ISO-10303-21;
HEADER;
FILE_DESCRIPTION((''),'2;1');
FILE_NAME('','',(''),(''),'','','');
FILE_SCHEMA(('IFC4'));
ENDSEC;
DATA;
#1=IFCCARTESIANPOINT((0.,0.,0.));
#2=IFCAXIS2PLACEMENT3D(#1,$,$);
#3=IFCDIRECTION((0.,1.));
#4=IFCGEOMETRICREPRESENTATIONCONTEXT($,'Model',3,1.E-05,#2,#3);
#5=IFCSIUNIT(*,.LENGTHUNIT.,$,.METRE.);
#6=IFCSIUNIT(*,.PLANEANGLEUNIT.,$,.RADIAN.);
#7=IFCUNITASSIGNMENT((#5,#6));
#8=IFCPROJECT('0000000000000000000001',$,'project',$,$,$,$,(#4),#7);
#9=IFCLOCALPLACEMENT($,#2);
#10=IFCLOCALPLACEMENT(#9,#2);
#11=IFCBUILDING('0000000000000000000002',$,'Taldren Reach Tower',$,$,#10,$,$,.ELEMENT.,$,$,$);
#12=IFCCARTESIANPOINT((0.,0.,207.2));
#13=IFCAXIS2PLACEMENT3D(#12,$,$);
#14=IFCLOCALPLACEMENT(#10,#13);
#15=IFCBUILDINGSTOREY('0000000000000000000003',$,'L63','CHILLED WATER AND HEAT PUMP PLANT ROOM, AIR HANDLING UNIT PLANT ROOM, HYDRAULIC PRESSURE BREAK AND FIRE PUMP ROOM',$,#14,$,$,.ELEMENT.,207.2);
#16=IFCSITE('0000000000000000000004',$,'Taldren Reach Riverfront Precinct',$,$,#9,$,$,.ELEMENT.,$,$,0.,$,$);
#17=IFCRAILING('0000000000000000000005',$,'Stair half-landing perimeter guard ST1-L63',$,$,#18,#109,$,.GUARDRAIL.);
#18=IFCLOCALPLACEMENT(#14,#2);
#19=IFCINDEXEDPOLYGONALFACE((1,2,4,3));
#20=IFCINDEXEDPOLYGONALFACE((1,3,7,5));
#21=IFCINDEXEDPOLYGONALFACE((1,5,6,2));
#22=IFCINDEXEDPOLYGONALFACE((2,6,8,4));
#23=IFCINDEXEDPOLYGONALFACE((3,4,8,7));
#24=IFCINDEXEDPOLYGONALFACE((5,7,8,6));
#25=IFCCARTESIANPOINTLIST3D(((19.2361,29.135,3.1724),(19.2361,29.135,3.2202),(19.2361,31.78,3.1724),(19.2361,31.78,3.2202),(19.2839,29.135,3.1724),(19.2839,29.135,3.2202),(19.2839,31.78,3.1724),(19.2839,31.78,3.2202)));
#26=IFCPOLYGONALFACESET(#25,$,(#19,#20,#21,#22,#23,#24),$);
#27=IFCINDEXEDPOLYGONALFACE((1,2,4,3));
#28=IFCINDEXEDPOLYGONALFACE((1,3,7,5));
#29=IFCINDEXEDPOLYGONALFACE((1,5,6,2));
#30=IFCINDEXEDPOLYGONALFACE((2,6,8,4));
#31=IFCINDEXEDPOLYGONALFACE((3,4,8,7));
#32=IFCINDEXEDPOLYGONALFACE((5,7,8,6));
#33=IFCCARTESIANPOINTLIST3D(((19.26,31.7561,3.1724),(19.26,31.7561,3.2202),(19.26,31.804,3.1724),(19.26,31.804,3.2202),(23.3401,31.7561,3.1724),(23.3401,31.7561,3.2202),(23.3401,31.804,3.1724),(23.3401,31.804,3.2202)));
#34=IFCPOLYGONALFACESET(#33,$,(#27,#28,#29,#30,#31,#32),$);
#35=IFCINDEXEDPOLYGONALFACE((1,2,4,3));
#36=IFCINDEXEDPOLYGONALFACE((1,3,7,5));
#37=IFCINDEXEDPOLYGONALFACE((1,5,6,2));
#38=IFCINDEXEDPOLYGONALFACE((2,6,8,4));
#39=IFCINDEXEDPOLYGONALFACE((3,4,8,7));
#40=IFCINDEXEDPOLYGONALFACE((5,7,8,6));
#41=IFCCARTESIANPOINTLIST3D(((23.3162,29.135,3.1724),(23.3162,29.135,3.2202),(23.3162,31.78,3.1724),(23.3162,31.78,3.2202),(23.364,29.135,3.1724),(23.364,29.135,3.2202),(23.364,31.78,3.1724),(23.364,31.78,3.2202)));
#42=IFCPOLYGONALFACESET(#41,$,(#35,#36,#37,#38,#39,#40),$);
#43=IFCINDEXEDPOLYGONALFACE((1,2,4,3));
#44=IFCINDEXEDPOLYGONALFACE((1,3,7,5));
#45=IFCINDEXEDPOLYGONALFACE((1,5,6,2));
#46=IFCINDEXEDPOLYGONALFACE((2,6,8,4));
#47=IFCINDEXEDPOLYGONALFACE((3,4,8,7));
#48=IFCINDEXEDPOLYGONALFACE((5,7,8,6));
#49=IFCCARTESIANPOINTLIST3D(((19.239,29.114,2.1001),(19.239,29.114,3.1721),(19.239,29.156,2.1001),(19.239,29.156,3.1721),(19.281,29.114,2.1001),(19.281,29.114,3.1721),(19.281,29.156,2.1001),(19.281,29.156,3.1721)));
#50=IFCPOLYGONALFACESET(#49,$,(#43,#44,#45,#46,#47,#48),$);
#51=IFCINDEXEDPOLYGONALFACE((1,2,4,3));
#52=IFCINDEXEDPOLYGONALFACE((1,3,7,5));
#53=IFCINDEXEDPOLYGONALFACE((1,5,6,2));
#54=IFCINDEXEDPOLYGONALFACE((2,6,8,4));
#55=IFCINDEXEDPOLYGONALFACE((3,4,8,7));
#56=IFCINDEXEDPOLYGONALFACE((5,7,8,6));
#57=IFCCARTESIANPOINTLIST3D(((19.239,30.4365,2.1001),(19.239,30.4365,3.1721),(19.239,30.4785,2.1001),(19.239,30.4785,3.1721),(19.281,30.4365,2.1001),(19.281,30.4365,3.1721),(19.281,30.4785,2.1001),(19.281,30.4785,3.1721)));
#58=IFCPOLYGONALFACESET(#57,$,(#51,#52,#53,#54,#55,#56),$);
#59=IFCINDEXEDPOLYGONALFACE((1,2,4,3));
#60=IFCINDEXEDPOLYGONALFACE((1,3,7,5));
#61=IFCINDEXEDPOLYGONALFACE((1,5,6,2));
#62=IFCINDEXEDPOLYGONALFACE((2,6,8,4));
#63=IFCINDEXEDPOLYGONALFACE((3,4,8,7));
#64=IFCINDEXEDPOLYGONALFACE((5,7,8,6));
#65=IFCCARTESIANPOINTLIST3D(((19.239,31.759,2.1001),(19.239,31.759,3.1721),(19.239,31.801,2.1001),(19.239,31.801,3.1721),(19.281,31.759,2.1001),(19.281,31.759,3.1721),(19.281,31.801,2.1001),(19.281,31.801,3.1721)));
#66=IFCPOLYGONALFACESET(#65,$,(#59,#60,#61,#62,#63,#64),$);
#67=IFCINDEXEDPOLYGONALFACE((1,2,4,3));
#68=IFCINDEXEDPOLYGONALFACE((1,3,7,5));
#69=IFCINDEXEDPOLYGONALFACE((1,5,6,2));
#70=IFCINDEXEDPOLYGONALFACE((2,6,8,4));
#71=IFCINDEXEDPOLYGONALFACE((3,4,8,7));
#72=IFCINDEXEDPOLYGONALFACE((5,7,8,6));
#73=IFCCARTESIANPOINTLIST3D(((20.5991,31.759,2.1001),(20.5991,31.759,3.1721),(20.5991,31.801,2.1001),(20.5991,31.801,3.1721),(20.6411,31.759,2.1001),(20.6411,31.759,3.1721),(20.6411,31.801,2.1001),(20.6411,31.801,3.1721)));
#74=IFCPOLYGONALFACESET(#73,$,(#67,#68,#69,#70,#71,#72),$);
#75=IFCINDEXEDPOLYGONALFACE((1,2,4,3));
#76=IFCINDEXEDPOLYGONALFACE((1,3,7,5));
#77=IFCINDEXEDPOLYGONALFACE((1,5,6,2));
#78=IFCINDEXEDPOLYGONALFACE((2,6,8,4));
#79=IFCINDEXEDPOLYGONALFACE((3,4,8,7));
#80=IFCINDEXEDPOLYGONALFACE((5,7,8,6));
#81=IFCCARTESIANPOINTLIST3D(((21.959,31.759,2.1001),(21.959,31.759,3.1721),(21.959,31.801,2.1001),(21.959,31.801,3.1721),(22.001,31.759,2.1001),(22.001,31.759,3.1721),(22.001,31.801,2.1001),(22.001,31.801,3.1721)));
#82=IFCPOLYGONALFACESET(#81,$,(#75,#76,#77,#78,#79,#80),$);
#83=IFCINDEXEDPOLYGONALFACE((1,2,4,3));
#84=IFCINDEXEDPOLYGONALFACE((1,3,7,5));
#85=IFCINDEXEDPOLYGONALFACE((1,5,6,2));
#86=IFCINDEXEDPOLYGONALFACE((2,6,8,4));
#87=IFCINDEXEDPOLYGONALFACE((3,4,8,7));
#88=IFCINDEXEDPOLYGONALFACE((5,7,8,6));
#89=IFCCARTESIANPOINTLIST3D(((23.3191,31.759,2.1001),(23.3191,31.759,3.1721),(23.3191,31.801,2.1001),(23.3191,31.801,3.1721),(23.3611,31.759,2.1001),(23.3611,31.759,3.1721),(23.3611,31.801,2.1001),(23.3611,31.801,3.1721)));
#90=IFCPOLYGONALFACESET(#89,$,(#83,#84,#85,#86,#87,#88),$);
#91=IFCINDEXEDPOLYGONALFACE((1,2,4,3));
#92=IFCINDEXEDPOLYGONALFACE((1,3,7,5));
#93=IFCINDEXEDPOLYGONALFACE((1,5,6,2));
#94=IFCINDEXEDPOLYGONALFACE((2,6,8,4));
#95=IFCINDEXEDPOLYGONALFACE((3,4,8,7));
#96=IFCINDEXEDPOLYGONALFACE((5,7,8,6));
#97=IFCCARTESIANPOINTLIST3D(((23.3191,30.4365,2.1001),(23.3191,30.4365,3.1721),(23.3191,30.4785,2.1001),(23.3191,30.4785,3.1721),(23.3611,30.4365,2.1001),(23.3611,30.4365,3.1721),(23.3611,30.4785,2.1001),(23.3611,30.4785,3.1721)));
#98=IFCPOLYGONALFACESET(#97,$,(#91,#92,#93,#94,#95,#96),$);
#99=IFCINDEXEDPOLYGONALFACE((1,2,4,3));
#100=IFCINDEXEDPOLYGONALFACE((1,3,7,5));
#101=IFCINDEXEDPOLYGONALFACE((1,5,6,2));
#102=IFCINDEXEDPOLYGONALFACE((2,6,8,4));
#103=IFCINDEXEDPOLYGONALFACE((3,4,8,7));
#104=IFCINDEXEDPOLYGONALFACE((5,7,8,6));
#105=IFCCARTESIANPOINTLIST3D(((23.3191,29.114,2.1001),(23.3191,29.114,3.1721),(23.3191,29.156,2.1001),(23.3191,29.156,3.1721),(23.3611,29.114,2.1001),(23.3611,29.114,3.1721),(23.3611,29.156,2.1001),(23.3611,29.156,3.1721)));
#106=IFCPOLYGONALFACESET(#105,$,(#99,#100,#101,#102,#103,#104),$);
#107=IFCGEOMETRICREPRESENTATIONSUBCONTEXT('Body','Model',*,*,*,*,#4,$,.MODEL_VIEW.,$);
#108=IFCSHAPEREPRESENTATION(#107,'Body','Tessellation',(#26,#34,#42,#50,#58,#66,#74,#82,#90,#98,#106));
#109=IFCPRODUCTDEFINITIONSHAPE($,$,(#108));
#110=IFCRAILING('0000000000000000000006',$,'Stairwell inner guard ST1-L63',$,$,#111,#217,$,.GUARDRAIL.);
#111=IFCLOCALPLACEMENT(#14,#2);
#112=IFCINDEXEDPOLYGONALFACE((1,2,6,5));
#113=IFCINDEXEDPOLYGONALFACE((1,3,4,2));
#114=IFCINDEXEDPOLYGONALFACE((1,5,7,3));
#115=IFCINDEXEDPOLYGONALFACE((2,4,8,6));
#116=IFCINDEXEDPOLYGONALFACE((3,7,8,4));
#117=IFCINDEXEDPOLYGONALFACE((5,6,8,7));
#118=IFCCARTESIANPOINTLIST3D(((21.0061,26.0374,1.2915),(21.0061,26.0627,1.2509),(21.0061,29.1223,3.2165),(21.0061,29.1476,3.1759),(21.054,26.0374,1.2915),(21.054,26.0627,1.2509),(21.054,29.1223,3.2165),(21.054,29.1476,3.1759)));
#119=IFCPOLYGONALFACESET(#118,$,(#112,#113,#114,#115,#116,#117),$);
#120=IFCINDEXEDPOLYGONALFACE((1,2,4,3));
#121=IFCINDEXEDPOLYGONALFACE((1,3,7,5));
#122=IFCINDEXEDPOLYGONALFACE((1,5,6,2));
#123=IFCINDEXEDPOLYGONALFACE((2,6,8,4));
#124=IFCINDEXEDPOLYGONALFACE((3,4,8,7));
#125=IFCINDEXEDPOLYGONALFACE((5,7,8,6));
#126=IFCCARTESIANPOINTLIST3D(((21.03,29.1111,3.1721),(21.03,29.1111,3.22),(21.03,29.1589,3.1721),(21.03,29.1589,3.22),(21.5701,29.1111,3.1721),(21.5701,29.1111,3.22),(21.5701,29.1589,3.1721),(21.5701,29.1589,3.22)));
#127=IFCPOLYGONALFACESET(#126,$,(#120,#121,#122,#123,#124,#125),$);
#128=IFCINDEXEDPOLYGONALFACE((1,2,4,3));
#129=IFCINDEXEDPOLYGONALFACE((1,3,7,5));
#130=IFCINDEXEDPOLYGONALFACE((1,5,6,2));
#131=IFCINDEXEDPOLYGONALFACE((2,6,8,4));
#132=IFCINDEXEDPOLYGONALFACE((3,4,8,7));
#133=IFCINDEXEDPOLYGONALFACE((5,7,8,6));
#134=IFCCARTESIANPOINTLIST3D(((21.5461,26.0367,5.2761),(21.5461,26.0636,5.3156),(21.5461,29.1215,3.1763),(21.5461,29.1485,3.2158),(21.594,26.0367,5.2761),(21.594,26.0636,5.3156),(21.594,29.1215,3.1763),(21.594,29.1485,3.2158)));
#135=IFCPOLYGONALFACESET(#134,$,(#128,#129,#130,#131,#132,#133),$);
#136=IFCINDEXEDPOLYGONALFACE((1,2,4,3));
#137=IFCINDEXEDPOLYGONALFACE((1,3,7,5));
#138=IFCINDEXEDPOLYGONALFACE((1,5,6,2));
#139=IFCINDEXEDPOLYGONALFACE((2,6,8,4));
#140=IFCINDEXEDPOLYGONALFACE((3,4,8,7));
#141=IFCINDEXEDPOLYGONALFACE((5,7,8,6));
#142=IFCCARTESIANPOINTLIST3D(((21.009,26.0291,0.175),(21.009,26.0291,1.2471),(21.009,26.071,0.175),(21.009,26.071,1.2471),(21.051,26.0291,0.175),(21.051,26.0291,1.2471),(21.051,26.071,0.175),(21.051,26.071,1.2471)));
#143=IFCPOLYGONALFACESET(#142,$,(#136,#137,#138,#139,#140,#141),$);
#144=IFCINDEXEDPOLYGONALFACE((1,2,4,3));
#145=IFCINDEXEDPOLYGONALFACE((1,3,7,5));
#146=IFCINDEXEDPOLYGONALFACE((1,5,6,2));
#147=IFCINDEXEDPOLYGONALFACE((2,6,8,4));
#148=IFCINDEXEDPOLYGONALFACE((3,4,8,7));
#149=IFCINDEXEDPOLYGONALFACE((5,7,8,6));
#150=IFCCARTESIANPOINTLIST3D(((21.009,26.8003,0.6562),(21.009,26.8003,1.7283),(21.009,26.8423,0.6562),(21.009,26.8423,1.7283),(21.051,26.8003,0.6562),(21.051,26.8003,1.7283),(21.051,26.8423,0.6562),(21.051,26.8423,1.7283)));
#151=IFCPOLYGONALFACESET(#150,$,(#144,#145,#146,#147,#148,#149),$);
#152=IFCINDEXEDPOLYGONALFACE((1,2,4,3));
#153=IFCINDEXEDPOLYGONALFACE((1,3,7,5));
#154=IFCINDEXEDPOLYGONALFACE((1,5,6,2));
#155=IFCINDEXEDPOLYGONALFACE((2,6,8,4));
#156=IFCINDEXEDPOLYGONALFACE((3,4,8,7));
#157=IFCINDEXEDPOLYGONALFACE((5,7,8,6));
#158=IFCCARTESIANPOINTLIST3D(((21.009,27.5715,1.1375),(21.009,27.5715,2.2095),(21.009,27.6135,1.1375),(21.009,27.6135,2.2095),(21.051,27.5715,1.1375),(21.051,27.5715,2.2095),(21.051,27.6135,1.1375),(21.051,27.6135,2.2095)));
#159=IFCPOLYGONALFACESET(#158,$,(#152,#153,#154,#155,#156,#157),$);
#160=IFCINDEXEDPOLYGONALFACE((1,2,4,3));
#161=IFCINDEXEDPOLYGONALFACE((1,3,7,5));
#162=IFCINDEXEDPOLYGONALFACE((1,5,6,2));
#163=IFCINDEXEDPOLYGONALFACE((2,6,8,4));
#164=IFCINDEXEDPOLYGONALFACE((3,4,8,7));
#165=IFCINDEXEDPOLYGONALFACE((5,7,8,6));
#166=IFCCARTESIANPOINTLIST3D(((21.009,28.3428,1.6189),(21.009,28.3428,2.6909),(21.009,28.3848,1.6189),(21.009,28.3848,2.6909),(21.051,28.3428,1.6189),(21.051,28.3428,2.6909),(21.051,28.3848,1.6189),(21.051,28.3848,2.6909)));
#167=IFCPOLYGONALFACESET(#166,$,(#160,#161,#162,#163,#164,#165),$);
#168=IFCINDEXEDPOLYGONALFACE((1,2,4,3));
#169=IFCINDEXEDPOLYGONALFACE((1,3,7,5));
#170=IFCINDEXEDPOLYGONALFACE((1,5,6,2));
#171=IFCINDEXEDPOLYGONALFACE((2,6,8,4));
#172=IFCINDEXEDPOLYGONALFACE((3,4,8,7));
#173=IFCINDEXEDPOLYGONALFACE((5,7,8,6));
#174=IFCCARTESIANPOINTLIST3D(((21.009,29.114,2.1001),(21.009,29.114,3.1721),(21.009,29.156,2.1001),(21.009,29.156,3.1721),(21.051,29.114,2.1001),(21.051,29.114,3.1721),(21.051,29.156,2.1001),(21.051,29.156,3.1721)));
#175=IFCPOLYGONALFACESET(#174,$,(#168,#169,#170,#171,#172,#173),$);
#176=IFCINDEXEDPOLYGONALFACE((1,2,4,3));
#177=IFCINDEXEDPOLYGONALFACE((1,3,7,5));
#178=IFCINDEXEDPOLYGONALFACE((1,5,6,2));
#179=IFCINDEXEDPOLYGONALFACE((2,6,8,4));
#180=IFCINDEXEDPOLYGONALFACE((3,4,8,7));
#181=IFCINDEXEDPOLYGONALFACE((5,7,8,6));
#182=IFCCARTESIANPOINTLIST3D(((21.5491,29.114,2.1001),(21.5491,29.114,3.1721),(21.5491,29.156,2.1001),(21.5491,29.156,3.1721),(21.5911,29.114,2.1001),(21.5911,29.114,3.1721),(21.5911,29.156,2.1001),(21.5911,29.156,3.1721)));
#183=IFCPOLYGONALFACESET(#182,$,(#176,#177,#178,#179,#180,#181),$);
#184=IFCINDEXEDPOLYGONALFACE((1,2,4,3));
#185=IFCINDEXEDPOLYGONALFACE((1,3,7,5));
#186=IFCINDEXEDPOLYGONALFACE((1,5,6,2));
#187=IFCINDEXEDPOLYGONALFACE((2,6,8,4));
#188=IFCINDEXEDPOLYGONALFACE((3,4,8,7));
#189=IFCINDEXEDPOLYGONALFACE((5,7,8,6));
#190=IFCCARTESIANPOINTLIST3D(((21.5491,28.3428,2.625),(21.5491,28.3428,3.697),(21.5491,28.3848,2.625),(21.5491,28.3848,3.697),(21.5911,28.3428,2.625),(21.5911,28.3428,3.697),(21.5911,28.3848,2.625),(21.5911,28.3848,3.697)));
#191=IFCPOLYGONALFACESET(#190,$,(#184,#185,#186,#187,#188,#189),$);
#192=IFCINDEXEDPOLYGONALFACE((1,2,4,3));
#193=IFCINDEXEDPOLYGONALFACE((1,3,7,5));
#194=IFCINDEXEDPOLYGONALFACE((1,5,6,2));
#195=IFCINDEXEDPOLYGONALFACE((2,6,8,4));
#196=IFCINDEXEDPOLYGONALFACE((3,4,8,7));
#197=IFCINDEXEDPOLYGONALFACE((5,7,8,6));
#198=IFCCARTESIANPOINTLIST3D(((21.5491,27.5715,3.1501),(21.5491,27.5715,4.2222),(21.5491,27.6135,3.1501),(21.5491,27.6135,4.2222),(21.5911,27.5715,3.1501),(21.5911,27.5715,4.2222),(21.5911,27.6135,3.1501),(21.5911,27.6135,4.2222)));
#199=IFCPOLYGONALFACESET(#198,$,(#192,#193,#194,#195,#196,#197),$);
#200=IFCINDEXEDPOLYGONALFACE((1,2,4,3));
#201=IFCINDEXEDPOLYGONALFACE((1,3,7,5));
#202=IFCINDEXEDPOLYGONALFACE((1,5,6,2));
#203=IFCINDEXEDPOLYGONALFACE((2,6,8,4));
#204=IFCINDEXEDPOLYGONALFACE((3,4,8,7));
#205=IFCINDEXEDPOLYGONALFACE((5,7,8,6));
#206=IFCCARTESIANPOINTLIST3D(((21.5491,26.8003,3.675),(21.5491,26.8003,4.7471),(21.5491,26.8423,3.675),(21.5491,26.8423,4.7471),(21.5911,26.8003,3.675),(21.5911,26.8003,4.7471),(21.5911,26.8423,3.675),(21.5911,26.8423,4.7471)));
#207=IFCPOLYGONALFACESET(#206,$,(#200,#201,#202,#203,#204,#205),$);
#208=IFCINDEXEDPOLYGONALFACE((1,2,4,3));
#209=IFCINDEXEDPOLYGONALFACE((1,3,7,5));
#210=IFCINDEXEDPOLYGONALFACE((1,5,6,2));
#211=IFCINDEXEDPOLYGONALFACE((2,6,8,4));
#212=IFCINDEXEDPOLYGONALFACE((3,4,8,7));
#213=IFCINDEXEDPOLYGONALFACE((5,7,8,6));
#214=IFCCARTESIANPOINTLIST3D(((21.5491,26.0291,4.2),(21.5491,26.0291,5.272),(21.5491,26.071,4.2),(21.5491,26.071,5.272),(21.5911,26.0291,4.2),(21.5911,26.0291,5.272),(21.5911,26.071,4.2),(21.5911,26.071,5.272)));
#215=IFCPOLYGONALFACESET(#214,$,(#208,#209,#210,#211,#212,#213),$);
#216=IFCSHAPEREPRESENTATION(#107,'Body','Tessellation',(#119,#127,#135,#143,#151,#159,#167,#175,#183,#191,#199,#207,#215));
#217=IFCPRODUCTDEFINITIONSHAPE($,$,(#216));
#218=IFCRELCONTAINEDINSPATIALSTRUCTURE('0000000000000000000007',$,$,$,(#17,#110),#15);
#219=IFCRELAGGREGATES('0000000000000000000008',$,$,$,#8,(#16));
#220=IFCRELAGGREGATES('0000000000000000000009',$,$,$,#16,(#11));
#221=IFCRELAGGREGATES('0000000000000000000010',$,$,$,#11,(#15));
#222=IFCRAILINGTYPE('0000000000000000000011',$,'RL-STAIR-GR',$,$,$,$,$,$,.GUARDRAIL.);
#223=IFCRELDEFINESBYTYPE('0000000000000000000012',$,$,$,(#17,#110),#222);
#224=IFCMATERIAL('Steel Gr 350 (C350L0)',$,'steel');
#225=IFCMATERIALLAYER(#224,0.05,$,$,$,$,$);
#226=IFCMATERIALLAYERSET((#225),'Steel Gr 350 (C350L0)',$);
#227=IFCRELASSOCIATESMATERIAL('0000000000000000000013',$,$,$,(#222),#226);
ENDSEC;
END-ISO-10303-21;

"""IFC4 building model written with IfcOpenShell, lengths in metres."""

from ifc_helpers import new_model, si_unit, direction, frame, origin, origin_2d, place, context, subcontext, project, spatial, rectangle, extrude, material, layer, layer_set, type_object, element, save


model = new_model("IFC4")

# Units and contexts
model_context = context("Model", 3, precision=1e-05, world=origin(), true_north=direction((0.0, 1.0)))
body_context = subcontext(model_context, "Body", "Model", "MODEL_VIEW")
ifc_project = project(units=[si_unit("LENGTHUNIT", "METRE"), si_unit("PLANEANGLEUNIT", "RADIAN")], contexts=[model_context])

# Site, building, storey
site_placement = place(None, origin())
site = spatial("IfcSite", under=ifc_project, at=site_placement, Name="Taldren Reach Riverfront Precinct", CompositionType="ELEMENT", RefElevation=0.0)
building_placement = place(site_placement, origin())
building = spatial("IfcBuilding", under=site, at=building_placement, Name="Taldren Reach Tower", CompositionType="ELEMENT")
storey_placement = place(building_placement, frame((0.0, 0.0, 207.2)))
storey = spatial("IfcBuildingStorey", under=building, at=storey_placement, Name="L63", Description="CHILLED WATER AND HEAT PUMP PLANT ROOM, AIR HANDLING UNIT PLANT ROOM, HYDRAULIC PRESSURE BREAK AND FIRE PUMP ROOM", CompositionType="ELEMENT", Elevation=207.2)

# Shared definitions
ifc_material_1 = material(Name="Steel Gr 350 (C350L0)", Category="steel")

# Railings
ifc_layer_1 = layer(ifc_material_1, 0.05)
ifc_layer_set_1 = layer_set([ifc_layer_1], Name="Steel Gr 350 (C350L0)")
railing_type_1 = type_object("IfcRailingType", Name="RL-STAIR-GR", PredefinedType="GUARDRAIL", material=ifc_layer_set_1)
railing_1_placement = place(storey_placement, frame((19.26, 29.135, 2.1001)))
element("IfcRailing", 1, at=railing_1_placement, inside=storey, type_object=railing_type_1, Name="Stair half-landing perimeter guard ST1-L63", PredefinedType="GUARDRAIL", context=body_context, shape_type="SweptSolid", body=[
    extrude(rectangle(XDim=0.0479, YDim=0.0479, at=origin_2d()), frame((0.0, 0.0, 1.0962), z_axis=(0.0, 1.0, 0.0), x_axis=(-1.0, 0.0, 0.0)), (0.0, 0.0, 1.0), 2.645),
    extrude(rectangle(XDim=0.0479, YDim=0.0479, at=origin_2d()), frame((0.0, 2.645, 1.0962), z_axis=(1.0, 0.0, 0.0), x_axis=(0.0, 1.0, 0.0)), (0.0, 0.0, 1.0), 4.0801),
    extrude(rectangle(XDim=0.0479, YDim=0.0479, at=origin_2d()), frame((4.0801, 2.645, 1.0962), z_axis=(0.0, -1.0, 0.0), x_axis=(1.0, 0.0, 0.0)), (0.0, 0.0, 1.0), 2.645),
    extrude(rectangle(XDim=0.042, YDim=0.042, at=origin_2d()), origin(), (0.0, 0.0, 1.0), 1.072),
    extrude(rectangle(XDim=0.042, YDim=0.042, at=origin_2d()), frame((0.0, 1.3225, 0.0)), (0.0, 0.0, 1.0), 1.072),
    extrude(rectangle(XDim=0.042, YDim=0.042, at=origin_2d()), frame((0.0, 2.645, 0.0)), (0.0, 0.0, 1.0), 1.072),
    extrude(rectangle(XDim=0.042, YDim=0.042, at=origin_2d()), frame((1.3601, 2.645, 0.0)), (0.0, 0.0, 1.0), 1.072),
    extrude(rectangle(XDim=0.042, YDim=0.042, at=origin_2d()), frame((2.72, 2.645, 0.0)), (0.0, 0.0, 1.0), 1.072),
    extrude(rectangle(XDim=0.042, YDim=0.042, at=origin_2d()), frame((4.0801, 2.645, 0.0)), (0.0, 0.0, 1.0), 1.072),
    extrude(rectangle(XDim=0.042, YDim=0.042, at=origin_2d()), frame((4.0801, 1.3225, 0.0)), (0.0, 0.0, 1.0), 1.072),
    extrude(rectangle(XDim=0.042, YDim=0.042, at=origin_2d()), frame((4.0801, 0.0, 0.0)), (0.0, 0.0, 1.0), 1.072),
])
railing_2_placement = place(storey_placement, frame((21.03, 26.05, 0.175)))
element("IfcRailing", 2, at=railing_2_placement, inside=storey, type_object=railing_type_1, Name="Stairwell inner guard ST1-L63", PredefinedType="GUARDRAIL", context=body_context, shape_type="SweptSolid", body=[
    extrude(rectangle(XDim=0.0479, YDim=0.0479, at=origin_2d()), frame((0.0, 0.0, 1.0962), z_axis=(0.0, 0.848375, 0.529395), x_axis=(-1.0, 0.0, 0.0)), (0.0, 0.0, 1.0), 3.6362),
    extrude(rectangle(XDim=0.0479, YDim=0.0479, at=origin_2d()), frame((0.0, 3.085, 3.021), z_axis=(1.0, 0.0, 0.0), x_axis=(0.0, 1.0, 0.0)), (0.0, 0.0, 1.0), 0.54),
    extrude(rectangle(XDim=0.0479, YDim=0.0479, at=origin_2d()), frame((0.54, 3.085, 3.021), z_axis=(0.0, -0.826667, 0.562691), x_axis=(1.0, 0.0, 0.0)), (0.0, 0.0, 1.0), 3.7317),
    extrude(rectangle(XDim=0.042, YDim=0.042, at=origin_2d()), origin(), (0.0, 0.0, 1.0), 1.072),
    extrude(rectangle(XDim=0.042, YDim=0.042, at=origin_2d()), frame((0.0, 0.7712, 0.4812)), (0.0, 0.0, 1.0), 1.072),
    extrude(rectangle(XDim=0.042, YDim=0.042, at=origin_2d()), frame((0.0, 1.5425, 0.9624)), (0.0, 0.0, 1.0), 1.072),
    extrude(rectangle(XDim=0.042, YDim=0.042, at=origin_2d()), frame((0.0, 2.3137, 1.4438)), (0.0, 0.0, 1.0), 1.072),
    extrude(rectangle(XDim=0.042, YDim=0.042, at=origin_2d()), frame((0.0, 3.085, 1.925)), (0.0, 0.0, 1.0), 1.072),
    extrude(rectangle(XDim=0.042, YDim=0.042, at=origin_2d()), frame((0.54, 3.085, 1.925)), (0.0, 0.0, 1.0), 1.072),
    extrude(rectangle(XDim=0.042, YDim=0.042, at=origin_2d()), frame((0.54, 2.3137, 2.45)), (0.0, 0.0, 1.0), 1.072),
    extrude(rectangle(XDim=0.042, YDim=0.042, at=origin_2d()), frame((0.54, 1.5425, 2.9751)), (0.0, 0.0, 1.0), 1.072),
    extrude(rectangle(XDim=0.042, YDim=0.042, at=origin_2d()), frame((0.54, 0.7712, 3.5)), (0.0, 0.0, 1.0), 1.072),
    extrude(rectangle(XDim=0.042, YDim=0.042, at=origin_2d()), frame((0.54, 0.0, 4.0249)), (0.0, 0.0, 1.0), 1.072),
])

save(model, "model.ifc")
